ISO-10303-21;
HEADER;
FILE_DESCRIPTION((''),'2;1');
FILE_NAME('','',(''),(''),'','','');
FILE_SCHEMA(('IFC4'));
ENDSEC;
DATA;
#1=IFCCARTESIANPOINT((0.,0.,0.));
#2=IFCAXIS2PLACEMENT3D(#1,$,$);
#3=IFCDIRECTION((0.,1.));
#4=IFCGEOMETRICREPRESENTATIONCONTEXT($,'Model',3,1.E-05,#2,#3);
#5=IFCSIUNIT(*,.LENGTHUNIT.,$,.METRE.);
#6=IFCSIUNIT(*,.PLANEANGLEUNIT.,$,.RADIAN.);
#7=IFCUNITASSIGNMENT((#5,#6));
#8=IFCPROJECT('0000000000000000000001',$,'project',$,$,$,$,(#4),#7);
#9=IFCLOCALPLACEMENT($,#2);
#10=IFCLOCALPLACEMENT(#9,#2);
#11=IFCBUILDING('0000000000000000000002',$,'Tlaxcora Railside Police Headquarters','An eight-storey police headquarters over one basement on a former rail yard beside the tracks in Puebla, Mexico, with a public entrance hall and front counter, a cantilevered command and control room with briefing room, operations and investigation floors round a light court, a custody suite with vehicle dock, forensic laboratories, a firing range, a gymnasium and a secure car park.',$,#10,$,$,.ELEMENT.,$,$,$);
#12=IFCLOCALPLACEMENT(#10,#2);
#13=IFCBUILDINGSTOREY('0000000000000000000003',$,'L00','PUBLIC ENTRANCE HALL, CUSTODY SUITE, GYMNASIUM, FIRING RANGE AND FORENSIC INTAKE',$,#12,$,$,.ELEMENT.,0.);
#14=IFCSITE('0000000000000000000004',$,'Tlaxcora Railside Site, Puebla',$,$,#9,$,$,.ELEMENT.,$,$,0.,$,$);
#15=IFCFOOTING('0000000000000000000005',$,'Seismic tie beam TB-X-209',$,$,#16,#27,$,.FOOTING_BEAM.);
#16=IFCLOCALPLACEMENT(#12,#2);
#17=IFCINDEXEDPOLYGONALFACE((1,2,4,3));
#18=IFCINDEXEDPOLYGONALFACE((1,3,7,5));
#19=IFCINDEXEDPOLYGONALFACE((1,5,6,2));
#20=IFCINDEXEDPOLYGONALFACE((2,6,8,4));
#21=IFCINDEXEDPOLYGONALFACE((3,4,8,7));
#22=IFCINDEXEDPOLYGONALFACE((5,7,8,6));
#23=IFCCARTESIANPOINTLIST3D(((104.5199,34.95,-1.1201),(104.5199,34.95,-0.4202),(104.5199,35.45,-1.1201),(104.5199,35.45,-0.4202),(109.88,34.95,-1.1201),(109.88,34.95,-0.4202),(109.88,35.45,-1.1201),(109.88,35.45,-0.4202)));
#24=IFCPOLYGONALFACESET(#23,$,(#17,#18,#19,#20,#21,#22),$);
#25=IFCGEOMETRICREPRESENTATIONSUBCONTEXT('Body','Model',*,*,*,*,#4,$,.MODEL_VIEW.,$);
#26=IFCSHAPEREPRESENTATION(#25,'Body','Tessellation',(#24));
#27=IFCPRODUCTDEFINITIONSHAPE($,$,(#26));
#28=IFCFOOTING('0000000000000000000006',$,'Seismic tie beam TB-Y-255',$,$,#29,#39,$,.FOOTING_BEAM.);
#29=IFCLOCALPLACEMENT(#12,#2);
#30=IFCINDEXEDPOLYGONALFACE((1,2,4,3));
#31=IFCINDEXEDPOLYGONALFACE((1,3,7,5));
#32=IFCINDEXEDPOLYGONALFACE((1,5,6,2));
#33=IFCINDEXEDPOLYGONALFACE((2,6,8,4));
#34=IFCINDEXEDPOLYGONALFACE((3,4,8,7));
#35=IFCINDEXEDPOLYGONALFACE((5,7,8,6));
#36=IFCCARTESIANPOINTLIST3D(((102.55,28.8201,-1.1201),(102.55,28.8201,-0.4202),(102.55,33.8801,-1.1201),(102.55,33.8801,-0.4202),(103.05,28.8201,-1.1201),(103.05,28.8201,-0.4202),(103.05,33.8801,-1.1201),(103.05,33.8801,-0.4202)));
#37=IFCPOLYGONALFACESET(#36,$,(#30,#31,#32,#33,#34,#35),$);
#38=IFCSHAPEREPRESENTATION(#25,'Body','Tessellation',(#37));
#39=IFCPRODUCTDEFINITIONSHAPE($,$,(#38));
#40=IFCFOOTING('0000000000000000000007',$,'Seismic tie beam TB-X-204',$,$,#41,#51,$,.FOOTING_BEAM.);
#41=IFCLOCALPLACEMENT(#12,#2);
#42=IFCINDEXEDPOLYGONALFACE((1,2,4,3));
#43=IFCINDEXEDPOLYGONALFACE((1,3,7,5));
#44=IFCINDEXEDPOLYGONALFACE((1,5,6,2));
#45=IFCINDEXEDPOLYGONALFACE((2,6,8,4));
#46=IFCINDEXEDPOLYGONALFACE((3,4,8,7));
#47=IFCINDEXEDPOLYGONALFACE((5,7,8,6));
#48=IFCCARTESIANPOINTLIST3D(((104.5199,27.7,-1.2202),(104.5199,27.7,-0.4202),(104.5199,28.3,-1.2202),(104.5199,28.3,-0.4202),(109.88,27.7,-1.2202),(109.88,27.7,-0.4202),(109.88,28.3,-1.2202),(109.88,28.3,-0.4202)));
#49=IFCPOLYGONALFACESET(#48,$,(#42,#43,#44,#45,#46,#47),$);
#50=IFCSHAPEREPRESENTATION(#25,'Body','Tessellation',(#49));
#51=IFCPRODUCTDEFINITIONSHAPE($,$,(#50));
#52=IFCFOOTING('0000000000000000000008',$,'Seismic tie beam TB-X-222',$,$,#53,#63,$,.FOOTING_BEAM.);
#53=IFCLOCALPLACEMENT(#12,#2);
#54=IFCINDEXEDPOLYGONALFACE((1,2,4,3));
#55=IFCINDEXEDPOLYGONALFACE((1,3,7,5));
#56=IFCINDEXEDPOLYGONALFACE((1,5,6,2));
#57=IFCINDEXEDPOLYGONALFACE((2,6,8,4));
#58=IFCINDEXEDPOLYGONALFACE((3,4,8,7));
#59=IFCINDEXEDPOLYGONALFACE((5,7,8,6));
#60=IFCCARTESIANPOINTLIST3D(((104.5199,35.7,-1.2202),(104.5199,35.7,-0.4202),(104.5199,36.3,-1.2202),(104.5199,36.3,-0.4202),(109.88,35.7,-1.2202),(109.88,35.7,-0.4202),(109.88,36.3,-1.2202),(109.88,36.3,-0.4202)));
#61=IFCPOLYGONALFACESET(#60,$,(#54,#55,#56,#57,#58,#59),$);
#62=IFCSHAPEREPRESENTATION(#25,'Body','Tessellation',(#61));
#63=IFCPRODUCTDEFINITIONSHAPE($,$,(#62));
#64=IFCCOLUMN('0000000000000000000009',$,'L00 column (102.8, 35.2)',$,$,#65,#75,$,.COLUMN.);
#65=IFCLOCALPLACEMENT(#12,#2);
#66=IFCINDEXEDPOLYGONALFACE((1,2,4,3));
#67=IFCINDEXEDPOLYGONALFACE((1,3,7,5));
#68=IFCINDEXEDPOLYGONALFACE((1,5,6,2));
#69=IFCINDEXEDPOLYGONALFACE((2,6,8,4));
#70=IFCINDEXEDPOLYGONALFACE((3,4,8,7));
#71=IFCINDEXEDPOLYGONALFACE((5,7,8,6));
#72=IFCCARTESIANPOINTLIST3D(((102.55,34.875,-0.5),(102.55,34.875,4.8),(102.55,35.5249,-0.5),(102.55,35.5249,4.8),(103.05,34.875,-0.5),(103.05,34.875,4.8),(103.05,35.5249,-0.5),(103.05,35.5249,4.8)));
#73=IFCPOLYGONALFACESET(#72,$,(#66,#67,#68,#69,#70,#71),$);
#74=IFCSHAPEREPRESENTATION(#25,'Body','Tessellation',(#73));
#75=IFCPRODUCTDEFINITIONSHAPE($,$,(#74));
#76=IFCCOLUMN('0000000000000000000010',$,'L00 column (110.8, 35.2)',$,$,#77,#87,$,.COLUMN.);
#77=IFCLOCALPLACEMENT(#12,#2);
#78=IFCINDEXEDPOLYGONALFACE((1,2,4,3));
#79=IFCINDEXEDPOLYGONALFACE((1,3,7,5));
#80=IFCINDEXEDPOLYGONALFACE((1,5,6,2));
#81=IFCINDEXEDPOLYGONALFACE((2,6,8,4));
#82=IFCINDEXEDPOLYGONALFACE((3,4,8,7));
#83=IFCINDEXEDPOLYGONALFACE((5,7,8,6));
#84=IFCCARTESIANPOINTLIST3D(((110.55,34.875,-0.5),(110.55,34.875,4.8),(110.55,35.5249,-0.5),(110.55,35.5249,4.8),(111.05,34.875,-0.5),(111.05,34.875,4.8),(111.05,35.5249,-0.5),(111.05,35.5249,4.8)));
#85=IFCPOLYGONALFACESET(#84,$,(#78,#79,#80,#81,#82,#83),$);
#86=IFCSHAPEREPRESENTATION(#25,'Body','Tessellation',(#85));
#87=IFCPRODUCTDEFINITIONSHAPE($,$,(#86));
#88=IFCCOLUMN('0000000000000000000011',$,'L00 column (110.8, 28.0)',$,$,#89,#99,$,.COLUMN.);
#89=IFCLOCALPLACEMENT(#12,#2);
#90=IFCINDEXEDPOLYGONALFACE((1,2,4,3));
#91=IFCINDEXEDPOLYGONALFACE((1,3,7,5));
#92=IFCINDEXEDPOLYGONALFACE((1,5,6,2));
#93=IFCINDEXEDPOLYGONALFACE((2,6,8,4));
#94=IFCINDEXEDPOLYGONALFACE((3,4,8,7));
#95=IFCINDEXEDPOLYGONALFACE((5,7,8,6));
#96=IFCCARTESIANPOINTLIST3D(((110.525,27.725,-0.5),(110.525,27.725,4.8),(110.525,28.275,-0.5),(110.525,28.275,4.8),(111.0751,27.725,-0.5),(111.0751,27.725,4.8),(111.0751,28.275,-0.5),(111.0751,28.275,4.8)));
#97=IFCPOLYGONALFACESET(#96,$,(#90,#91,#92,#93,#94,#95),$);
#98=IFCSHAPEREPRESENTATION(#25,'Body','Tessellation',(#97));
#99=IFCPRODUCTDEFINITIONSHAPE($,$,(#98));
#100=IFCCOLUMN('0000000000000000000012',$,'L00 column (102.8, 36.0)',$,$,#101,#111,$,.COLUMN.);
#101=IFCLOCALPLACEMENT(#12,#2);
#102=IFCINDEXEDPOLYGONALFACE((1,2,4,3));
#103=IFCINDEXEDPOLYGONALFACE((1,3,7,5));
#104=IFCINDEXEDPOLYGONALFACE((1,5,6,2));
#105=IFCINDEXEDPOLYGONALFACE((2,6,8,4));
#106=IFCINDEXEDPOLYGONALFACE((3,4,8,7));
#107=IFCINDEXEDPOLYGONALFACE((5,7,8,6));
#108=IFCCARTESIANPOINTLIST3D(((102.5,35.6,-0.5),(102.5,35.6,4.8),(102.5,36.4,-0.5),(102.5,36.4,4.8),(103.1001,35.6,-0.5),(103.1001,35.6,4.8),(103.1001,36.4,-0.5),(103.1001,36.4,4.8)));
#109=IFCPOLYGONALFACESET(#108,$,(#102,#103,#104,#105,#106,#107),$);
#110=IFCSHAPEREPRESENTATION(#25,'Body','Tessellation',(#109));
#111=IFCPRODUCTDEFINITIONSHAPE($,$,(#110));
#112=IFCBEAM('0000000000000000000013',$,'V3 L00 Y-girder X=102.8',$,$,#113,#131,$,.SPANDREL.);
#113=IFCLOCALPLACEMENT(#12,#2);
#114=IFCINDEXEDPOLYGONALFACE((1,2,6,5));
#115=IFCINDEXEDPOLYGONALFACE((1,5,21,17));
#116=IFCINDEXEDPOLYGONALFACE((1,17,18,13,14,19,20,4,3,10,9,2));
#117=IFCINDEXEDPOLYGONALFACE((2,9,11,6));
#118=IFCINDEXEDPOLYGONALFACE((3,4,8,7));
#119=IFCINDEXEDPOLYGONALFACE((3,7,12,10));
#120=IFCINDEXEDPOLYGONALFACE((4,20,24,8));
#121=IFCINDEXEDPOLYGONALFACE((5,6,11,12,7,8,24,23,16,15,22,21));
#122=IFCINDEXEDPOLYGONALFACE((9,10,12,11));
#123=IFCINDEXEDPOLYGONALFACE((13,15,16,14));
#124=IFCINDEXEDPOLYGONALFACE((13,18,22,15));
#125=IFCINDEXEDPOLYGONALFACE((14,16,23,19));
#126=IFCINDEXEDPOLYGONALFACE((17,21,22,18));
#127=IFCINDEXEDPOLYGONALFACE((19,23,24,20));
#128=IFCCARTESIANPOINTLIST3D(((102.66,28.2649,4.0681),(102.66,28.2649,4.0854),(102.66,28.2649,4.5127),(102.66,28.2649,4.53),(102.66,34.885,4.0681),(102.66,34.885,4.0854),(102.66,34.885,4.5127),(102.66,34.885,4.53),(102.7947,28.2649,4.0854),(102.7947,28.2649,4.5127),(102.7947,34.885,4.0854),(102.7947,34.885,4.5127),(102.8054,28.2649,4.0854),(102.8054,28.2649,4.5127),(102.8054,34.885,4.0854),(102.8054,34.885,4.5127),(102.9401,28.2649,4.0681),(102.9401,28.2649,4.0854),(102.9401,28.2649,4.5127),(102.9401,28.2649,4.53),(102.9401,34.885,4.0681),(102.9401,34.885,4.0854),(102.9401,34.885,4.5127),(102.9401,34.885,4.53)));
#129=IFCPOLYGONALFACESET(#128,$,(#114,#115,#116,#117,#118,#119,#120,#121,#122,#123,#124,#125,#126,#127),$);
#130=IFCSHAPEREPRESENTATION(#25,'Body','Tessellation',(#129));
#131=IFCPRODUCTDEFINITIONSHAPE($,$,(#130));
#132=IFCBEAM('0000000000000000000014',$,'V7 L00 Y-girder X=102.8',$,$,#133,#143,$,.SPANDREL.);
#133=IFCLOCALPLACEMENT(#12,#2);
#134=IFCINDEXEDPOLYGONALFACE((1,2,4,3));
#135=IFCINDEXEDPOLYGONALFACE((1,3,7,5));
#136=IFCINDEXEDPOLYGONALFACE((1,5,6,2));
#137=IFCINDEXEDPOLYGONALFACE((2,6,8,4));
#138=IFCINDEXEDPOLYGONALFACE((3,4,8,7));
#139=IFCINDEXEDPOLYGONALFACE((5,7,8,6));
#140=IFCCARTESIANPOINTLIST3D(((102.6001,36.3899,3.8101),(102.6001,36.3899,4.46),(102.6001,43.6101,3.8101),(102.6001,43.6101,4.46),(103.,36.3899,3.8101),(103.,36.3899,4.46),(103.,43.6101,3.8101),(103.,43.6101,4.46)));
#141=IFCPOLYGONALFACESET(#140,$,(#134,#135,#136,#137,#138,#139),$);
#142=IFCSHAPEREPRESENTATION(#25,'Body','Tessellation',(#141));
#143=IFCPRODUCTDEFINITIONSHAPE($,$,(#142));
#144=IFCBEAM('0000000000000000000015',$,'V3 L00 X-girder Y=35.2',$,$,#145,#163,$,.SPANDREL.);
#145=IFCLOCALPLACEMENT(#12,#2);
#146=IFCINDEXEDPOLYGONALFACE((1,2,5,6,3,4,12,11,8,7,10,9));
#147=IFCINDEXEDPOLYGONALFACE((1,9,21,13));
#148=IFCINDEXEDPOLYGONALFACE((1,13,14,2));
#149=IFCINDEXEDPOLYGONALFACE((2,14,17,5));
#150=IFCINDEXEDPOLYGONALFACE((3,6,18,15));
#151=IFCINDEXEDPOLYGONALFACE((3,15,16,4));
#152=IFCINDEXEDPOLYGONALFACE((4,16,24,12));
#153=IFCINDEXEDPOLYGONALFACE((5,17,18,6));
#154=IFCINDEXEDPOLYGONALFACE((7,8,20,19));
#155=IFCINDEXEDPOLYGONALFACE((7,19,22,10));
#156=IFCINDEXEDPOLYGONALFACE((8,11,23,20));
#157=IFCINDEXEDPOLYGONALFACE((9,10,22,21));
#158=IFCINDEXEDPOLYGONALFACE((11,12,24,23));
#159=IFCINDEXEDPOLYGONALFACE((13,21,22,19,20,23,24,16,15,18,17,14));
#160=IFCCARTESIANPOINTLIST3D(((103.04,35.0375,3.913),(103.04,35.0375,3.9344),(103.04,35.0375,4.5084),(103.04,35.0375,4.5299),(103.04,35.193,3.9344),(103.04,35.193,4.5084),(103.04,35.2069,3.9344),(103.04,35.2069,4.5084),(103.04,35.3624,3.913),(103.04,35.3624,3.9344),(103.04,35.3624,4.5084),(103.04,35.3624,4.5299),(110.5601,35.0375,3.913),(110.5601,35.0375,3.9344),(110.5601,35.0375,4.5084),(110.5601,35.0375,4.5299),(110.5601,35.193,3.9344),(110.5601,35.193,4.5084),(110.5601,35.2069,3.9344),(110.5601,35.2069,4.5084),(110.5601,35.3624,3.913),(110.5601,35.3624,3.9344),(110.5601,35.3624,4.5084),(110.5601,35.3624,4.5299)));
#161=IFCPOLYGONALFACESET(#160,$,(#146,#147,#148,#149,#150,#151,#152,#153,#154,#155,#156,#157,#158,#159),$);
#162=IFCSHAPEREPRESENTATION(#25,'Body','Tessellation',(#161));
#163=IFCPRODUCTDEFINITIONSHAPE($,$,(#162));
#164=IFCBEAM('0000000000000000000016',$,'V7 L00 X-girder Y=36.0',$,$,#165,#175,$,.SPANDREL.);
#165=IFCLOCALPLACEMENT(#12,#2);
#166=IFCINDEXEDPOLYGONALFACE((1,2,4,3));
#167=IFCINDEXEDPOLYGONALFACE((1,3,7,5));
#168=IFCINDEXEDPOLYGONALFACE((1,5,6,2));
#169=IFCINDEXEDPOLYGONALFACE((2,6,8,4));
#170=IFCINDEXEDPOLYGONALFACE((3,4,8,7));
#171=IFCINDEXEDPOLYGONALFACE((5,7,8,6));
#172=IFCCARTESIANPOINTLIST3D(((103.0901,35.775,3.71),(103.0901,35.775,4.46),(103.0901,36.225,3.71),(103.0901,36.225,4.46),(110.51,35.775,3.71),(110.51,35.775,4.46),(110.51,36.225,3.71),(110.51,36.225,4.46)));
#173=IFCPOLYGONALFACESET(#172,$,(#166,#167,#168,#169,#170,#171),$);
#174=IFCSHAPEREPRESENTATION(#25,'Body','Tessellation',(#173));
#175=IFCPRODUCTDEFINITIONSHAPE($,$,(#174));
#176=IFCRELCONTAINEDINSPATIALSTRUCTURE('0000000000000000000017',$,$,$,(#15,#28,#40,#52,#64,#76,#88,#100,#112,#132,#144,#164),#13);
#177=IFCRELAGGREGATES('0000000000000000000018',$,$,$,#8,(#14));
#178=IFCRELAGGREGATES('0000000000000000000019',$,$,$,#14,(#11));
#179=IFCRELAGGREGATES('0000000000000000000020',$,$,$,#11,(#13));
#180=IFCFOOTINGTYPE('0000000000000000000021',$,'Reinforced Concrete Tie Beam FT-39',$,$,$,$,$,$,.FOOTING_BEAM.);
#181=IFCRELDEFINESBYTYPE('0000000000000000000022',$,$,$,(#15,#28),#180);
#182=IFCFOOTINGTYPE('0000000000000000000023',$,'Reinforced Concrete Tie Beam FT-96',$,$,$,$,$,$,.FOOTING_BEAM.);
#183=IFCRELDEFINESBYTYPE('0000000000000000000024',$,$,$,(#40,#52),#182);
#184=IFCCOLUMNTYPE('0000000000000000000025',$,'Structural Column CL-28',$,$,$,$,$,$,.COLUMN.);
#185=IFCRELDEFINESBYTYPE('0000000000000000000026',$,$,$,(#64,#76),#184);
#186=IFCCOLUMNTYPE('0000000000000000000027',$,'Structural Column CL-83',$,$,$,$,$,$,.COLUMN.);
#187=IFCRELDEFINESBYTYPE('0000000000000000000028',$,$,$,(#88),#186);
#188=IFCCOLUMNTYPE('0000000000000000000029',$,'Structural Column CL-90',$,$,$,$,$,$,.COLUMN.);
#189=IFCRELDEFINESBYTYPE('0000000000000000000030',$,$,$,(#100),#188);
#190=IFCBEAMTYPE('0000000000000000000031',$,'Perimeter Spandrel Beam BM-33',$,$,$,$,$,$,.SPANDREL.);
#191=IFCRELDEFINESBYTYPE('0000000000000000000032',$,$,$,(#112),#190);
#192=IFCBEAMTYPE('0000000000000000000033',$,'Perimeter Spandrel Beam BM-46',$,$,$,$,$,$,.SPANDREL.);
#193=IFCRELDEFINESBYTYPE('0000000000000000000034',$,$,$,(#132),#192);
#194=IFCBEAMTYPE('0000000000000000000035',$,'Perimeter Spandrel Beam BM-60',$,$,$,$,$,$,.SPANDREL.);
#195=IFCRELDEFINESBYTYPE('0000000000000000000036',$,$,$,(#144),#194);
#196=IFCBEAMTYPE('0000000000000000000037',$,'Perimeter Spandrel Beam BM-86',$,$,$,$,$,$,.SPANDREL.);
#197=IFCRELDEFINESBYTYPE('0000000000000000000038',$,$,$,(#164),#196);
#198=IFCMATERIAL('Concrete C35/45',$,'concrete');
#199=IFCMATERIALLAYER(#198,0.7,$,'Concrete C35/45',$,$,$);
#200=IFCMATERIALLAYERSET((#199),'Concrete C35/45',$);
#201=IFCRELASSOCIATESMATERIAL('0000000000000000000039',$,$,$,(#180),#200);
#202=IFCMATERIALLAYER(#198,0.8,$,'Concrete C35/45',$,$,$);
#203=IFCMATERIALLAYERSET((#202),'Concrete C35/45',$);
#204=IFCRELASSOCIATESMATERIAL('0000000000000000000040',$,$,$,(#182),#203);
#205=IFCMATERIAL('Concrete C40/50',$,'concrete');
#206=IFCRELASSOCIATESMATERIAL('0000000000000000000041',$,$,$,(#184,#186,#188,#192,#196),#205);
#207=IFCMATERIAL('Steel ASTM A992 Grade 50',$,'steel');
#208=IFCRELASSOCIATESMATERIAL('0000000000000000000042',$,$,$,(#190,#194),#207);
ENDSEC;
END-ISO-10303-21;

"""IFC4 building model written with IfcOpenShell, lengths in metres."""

from ifc_helpers import new_model, si_unit, direction, frame, origin, origin_2d, place, context, subcontext, project, spatial, rectangle, i_section, extrude, material, layer, layer_set, material_profile, profile_set, type_object, element, save


model = new_model("IFC4")

# Units and contexts
model_context = context("Model", 3, precision=1e-05, world=origin(), true_north=direction((0.0, 1.0)))
body_context = subcontext(model_context, "Body", "Model", "MODEL_VIEW")
ifc_project = project(units=[si_unit("LENGTHUNIT", "METRE"), si_unit("PLANEANGLEUNIT", "RADIAN")], contexts=[model_context])

# Site, building, storey
site_placement = place(None, origin())
site = spatial("IfcSite", under=ifc_project, at=site_placement, Name="Tlaxcora Railside Site, Puebla", CompositionType="ELEMENT", RefElevation=0.0)
building_placement = place(site_placement, origin())
building = spatial("IfcBuilding", under=site, at=building_placement, Name="Tlaxcora Railside Police Headquarters", Description="An eight-storey police headquarters over one basement on a former rail yard beside the tracks in Puebla, Mexico, with a public entrance hall and front counter, a cantilevered command and control room with briefing room, operations and investigation floors round a light court, a custody suite with vehicle dock, forensic laboratories, a firing range, a gymnasium and a secure car park.", CompositionType="ELEMENT")
storey_placement = place(building_placement, origin())
storey = spatial("IfcBuildingStorey", under=building, at=storey_placement, Name="L00", Description="PUBLIC ENTRANCE HALL, CUSTODY SUITE, GYMNASIUM, FIRING RANGE AND FORENSIC INTAKE", CompositionType="ELEMENT", Elevation=0.0)

# Shared definitions
ifc_material_1 = material(Name="Concrete C35/45", Category="concrete")

# Footings
ifc_material_2 = material(Name="Concrete C40/50", Category="concrete")
ifc_layer_1 = layer(ifc_material_1, 0.7, Name="Concrete C35/45")
ifc_layer_set_1 = layer_set([ifc_layer_1], Name="Concrete C35/45")
footing_type_1 = type_object("IfcFootingType", Name="Reinforced Concrete Tie Beam FT-39", PredefinedType="FOOTING_BEAM", material=ifc_layer_set_1)
footing_1_placement = place(storey_placement, frame((107.2, 35.2, -1.1201), z_axis=(0.0, 0.0, 1.0), x_axis=(1.0, 0.0, 0.0)))
element("IfcFooting", 1, at=footing_1_placement, inside=storey, type_object=footing_type_1, Name="Seismic tie beam TB-X-209", PredefinedType="FOOTING_BEAM", context=body_context, shape_type="SweptSolid", body=[
    extrude(rectangle(XDim=5.3601, YDim=0.5, at=origin_2d()), origin(), (0.0, 0.0, 1.0), 0.7),
])
footing_2_placement = place(storey_placement, frame((102.8, 31.3501, -1.1201), z_axis=(0.0, 0.0, 1.0), x_axis=(0.0, 1.0, 0.0)))
element("IfcFooting", 2, at=footing_2_placement, inside=storey, type_object=footing_type_1, Name="Seismic tie beam TB-Y-255", PredefinedType="FOOTING_BEAM", context=body_context, shape_type="SweptSolid", body=[
    extrude(rectangle(XDim=5.0601, YDim=0.5, at=origin_2d()), origin(), (0.0, 0.0, 1.0), 0.7),
])
ifc_layer_2 = layer(ifc_material_1, 0.8, Name="Concrete C35/45")
ifc_layer_set_2 = layer_set([ifc_layer_2], Name="Concrete C35/45")
footing_type_2 = type_object("IfcFootingType", Name="Reinforced Concrete Tie Beam FT-96", PredefinedType="FOOTING_BEAM", material=ifc_layer_set_2)
for number, where, z_axis, x_axis, name in (
    (3, (107.2, 28.0, -1.2202), (0.0, 0.0, 1.0), (1.0, 0.0, 0.0), "Seismic tie beam TB-X-204"),
    (4, (107.2, 36.0, -1.2202), (0.0, 0.0, 1.0), (1.0, 0.0, 0.0), "Seismic tie beam TB-X-222"),
):
    element("IfcFooting", number, at=place(storey_placement, frame(where, z_axis=z_axis, x_axis=x_axis)), inside=storey, type_object=footing_type_2, Name=name, PredefinedType="FOOTING_BEAM", context=body_context, shape_type="SweptSolid", body=[
        extrude(rectangle(XDim=5.3601, YDim=0.6001, at=origin_2d()), origin(), (0.0, 0.0, 1.0), 0.8),
    ])

# Columns
ifc_material_profile_1 = material_profile(ifc_material_2, rectangle(XDim=0.5, YDim=0.6499, at=origin_2d()), Name="RC500X650")
ifc_profile_set_1 = profile_set([ifc_material_profile_1], Name="Concrete C40/50")
column_type_1 = type_object("IfcColumnType", Name="Structural Column CL-28", PredefinedType="COLUMN", material=ifc_profile_set_1)
for number, where, z_axis, x_axis, name in (
    (5, (102.8, 35.2, -0.5), (0.0, 0.0, 1.0), (1.0, 0.0, 0.0), "L00 column (102.8, 35.2)"),
    (6, (110.8, 35.2, -0.5), (0.0, 0.0, 1.0), (1.0, 0.0, 0.0), "L00 column (110.8, 35.2)"),
):
    element("IfcColumn", number, at=place(storey_placement, frame(where, z_axis=z_axis, x_axis=x_axis)), inside=storey, type_object=column_type_1, Name=name, PredefinedType="COLUMN", context=body_context, shape_type="SweptSolid", body=[
        extrude(rectangle(XDim=0.5, YDim=0.6499, at=origin_2d()), origin(), (0.0, 0.0, 1.0), 5.3),
    ])
ifc_material_profile_2 = material_profile(ifc_material_2, rectangle(XDim=0.55, YDim=0.55, at=origin_2d()), Name="RC550X550")
ifc_profile_set_2 = profile_set([ifc_material_profile_2], Name="Concrete C40/50")
column_type_2 = type_object("IfcColumnType", Name="Structural Column CL-83", PredefinedType="COLUMN", material=ifc_profile_set_2)
column_1_placement = place(storey_placement, frame((110.8, 28.0, -0.5), z_axis=(0.0, 0.0, 1.0), x_axis=(1.0, 0.0, 0.0)))
element("IfcColumn", 7, at=column_1_placement, inside=storey, type_object=column_type_2, Name="L00 column (110.8, 28.0)", PredefinedType="COLUMN", context=body_context, shape_type="SweptSolid", body=[
    extrude(rectangle(XDim=0.55, YDim=0.55, at=origin_2d()), origin(), (0.0, 0.0, 1.0), 5.3),
])
ifc_material_profile_3 = material_profile(ifc_material_2, rectangle(XDim=0.6001, YDim=0.8, at=origin_2d()), Name="RC600X800")
ifc_profile_set_3 = profile_set([ifc_material_profile_3], Name="Concrete C40/50")
column_type_3 = type_object("IfcColumnType", Name="Structural Column CL-90", PredefinedType="COLUMN", material=ifc_profile_set_3)
column_2_placement = place(storey_placement, frame((102.8, 36.0, -0.5), z_axis=(0.0, 0.0, 1.0), x_axis=(1.0, 0.0, 0.0)))
element("IfcColumn", 8, at=column_2_placement, inside=storey, type_object=column_type_3, Name="L00 column (102.8, 36.0)", PredefinedType="COLUMN", context=body_context, shape_type="SweptSolid", body=[
    extrude(rectangle(XDim=0.6001, YDim=0.8, at=origin_2d()), origin(), (0.0, 0.0, 1.0), 5.3),
])

# Beams
ifc_material_3 = material(Name="Steel ASTM A992 Grade 50", Category="steel")
ifc_material_profile_4 = material_profile(ifc_material_3, i_section(OverallWidth=0.28, OverallDepth=0.4619, WebThickness=0.0107, FlangeThickness=0.0173, at=origin_2d()), Name="W18X76")
ifc_profile_set_4 = profile_set([ifc_material_profile_4], Name="Steel ASTM A992 Grade 50")
beam_type_1 = type_object("IfcBeamType", Name="Perimeter Spandrel Beam BM-33", PredefinedType="SPANDREL", material=ifc_profile_set_4)
beam_1_placement = place(storey_placement, frame((102.8, 28.2649, 4.2991), z_axis=(0.0, 1.0, 0.0), x_axis=(-1.0, 0.0, 0.0)))
element("IfcBeam", 9, at=beam_1_placement, inside=storey, type_object=beam_type_1, Name="V3 L00 Y-girder X=102.8", PredefinedType="SPANDREL", context=body_context, shape_type="SweptSolid", body=[
    extrude(i_section(OverallWidth=0.28, OverallDepth=0.4619, WebThickness=0.0107, FlangeThickness=0.0173, at=origin_2d()), origin(), (0.0, 0.0, 1.0), 6.6201),
])
ifc_material_profile_5 = material_profile(ifc_material_2, rectangle(XDim=0.3999, YDim=0.6499, at=origin_2d()), Name="RC400X650")
ifc_profile_set_5 = profile_set([ifc_material_profile_5], Name="Concrete C40/50")
beam_type_2 = type_object("IfcBeamType", Name="Perimeter Spandrel Beam BM-46", PredefinedType="SPANDREL", material=ifc_profile_set_5)
beam_2_placement = place(storey_placement, frame((102.8, 36.3899, 4.135), z_axis=(0.0, 1.0, 0.0), x_axis=(-1.0, 0.0, 0.0)))
element("IfcBeam", 10, at=beam_2_placement, inside=storey, type_object=beam_type_2, Name="V7 L00 Y-girder X=102.8", PredefinedType="SPANDREL", context=body_context, shape_type="SweptSolid", body=[
    extrude(rectangle(XDim=0.3999, YDim=0.6499, at=origin_2d()), origin(), (0.0, 0.0, 1.0), 7.2202),
])
ifc_material_profile_6 = material_profile(ifc_material_3, i_section(OverallWidth=0.325, OverallDepth=0.6169, WebThickness=0.0139, FlangeThickness=0.0215, at=origin_2d()), Name="W24X117")
ifc_profile_set_6 = profile_set([ifc_material_profile_6], Name="Steel ASTM A992 Grade 50")
beam_type_3 = type_object("IfcBeamType", Name="Perimeter Spandrel Beam BM-60", PredefinedType="SPANDREL", material=ifc_profile_set_6)
beam_3_placement = place(storey_placement, frame((103.04, 35.2, 4.2214), z_axis=(1.0, 0.0, 0.0), x_axis=(0.0, 1.0, 0.0)))
element("IfcBeam", 11, at=beam_3_placement, inside=storey, type_object=beam_type_3, Name="V3 L00 X-girder Y=35.2", PredefinedType="SPANDREL", context=body_context, shape_type="SweptSolid", body=[
    extrude(i_section(OverallWidth=0.325, OverallDepth=0.6169, WebThickness=0.0139, FlangeThickness=0.0215, at=origin_2d()), origin(), (0.0, 0.0, 1.0), 7.52),
])
ifc_material_profile_7 = material_profile(ifc_material_2, rectangle(XDim=0.45, YDim=0.75, at=origin_2d()), Name="RC450X750")
ifc_profile_set_7 = profile_set([ifc_material_profile_7], Name="Concrete C40/50")
beam_type_4 = type_object("IfcBeamType", Name="Perimeter Spandrel Beam BM-86", PredefinedType="SPANDREL", material=ifc_profile_set_7)
beam_4_placement = place(storey_placement, frame((103.0901, 36.0, 4.085), z_axis=(1.0, 0.0, 0.0), x_axis=(0.0, 1.0, 0.0)))
element("IfcBeam", 12, at=beam_4_placement, inside=storey, type_object=beam_type_4, Name="V7 L00 X-girder Y=36.0", PredefinedType="SPANDREL", context=body_context, shape_type="SweptSolid", body=[
    extrude(rectangle(XDim=0.45, YDim=0.75, at=origin_2d()), origin(), (0.0, 0.0, 1.0), 7.4199),
])

save(model, "model.ifc")
